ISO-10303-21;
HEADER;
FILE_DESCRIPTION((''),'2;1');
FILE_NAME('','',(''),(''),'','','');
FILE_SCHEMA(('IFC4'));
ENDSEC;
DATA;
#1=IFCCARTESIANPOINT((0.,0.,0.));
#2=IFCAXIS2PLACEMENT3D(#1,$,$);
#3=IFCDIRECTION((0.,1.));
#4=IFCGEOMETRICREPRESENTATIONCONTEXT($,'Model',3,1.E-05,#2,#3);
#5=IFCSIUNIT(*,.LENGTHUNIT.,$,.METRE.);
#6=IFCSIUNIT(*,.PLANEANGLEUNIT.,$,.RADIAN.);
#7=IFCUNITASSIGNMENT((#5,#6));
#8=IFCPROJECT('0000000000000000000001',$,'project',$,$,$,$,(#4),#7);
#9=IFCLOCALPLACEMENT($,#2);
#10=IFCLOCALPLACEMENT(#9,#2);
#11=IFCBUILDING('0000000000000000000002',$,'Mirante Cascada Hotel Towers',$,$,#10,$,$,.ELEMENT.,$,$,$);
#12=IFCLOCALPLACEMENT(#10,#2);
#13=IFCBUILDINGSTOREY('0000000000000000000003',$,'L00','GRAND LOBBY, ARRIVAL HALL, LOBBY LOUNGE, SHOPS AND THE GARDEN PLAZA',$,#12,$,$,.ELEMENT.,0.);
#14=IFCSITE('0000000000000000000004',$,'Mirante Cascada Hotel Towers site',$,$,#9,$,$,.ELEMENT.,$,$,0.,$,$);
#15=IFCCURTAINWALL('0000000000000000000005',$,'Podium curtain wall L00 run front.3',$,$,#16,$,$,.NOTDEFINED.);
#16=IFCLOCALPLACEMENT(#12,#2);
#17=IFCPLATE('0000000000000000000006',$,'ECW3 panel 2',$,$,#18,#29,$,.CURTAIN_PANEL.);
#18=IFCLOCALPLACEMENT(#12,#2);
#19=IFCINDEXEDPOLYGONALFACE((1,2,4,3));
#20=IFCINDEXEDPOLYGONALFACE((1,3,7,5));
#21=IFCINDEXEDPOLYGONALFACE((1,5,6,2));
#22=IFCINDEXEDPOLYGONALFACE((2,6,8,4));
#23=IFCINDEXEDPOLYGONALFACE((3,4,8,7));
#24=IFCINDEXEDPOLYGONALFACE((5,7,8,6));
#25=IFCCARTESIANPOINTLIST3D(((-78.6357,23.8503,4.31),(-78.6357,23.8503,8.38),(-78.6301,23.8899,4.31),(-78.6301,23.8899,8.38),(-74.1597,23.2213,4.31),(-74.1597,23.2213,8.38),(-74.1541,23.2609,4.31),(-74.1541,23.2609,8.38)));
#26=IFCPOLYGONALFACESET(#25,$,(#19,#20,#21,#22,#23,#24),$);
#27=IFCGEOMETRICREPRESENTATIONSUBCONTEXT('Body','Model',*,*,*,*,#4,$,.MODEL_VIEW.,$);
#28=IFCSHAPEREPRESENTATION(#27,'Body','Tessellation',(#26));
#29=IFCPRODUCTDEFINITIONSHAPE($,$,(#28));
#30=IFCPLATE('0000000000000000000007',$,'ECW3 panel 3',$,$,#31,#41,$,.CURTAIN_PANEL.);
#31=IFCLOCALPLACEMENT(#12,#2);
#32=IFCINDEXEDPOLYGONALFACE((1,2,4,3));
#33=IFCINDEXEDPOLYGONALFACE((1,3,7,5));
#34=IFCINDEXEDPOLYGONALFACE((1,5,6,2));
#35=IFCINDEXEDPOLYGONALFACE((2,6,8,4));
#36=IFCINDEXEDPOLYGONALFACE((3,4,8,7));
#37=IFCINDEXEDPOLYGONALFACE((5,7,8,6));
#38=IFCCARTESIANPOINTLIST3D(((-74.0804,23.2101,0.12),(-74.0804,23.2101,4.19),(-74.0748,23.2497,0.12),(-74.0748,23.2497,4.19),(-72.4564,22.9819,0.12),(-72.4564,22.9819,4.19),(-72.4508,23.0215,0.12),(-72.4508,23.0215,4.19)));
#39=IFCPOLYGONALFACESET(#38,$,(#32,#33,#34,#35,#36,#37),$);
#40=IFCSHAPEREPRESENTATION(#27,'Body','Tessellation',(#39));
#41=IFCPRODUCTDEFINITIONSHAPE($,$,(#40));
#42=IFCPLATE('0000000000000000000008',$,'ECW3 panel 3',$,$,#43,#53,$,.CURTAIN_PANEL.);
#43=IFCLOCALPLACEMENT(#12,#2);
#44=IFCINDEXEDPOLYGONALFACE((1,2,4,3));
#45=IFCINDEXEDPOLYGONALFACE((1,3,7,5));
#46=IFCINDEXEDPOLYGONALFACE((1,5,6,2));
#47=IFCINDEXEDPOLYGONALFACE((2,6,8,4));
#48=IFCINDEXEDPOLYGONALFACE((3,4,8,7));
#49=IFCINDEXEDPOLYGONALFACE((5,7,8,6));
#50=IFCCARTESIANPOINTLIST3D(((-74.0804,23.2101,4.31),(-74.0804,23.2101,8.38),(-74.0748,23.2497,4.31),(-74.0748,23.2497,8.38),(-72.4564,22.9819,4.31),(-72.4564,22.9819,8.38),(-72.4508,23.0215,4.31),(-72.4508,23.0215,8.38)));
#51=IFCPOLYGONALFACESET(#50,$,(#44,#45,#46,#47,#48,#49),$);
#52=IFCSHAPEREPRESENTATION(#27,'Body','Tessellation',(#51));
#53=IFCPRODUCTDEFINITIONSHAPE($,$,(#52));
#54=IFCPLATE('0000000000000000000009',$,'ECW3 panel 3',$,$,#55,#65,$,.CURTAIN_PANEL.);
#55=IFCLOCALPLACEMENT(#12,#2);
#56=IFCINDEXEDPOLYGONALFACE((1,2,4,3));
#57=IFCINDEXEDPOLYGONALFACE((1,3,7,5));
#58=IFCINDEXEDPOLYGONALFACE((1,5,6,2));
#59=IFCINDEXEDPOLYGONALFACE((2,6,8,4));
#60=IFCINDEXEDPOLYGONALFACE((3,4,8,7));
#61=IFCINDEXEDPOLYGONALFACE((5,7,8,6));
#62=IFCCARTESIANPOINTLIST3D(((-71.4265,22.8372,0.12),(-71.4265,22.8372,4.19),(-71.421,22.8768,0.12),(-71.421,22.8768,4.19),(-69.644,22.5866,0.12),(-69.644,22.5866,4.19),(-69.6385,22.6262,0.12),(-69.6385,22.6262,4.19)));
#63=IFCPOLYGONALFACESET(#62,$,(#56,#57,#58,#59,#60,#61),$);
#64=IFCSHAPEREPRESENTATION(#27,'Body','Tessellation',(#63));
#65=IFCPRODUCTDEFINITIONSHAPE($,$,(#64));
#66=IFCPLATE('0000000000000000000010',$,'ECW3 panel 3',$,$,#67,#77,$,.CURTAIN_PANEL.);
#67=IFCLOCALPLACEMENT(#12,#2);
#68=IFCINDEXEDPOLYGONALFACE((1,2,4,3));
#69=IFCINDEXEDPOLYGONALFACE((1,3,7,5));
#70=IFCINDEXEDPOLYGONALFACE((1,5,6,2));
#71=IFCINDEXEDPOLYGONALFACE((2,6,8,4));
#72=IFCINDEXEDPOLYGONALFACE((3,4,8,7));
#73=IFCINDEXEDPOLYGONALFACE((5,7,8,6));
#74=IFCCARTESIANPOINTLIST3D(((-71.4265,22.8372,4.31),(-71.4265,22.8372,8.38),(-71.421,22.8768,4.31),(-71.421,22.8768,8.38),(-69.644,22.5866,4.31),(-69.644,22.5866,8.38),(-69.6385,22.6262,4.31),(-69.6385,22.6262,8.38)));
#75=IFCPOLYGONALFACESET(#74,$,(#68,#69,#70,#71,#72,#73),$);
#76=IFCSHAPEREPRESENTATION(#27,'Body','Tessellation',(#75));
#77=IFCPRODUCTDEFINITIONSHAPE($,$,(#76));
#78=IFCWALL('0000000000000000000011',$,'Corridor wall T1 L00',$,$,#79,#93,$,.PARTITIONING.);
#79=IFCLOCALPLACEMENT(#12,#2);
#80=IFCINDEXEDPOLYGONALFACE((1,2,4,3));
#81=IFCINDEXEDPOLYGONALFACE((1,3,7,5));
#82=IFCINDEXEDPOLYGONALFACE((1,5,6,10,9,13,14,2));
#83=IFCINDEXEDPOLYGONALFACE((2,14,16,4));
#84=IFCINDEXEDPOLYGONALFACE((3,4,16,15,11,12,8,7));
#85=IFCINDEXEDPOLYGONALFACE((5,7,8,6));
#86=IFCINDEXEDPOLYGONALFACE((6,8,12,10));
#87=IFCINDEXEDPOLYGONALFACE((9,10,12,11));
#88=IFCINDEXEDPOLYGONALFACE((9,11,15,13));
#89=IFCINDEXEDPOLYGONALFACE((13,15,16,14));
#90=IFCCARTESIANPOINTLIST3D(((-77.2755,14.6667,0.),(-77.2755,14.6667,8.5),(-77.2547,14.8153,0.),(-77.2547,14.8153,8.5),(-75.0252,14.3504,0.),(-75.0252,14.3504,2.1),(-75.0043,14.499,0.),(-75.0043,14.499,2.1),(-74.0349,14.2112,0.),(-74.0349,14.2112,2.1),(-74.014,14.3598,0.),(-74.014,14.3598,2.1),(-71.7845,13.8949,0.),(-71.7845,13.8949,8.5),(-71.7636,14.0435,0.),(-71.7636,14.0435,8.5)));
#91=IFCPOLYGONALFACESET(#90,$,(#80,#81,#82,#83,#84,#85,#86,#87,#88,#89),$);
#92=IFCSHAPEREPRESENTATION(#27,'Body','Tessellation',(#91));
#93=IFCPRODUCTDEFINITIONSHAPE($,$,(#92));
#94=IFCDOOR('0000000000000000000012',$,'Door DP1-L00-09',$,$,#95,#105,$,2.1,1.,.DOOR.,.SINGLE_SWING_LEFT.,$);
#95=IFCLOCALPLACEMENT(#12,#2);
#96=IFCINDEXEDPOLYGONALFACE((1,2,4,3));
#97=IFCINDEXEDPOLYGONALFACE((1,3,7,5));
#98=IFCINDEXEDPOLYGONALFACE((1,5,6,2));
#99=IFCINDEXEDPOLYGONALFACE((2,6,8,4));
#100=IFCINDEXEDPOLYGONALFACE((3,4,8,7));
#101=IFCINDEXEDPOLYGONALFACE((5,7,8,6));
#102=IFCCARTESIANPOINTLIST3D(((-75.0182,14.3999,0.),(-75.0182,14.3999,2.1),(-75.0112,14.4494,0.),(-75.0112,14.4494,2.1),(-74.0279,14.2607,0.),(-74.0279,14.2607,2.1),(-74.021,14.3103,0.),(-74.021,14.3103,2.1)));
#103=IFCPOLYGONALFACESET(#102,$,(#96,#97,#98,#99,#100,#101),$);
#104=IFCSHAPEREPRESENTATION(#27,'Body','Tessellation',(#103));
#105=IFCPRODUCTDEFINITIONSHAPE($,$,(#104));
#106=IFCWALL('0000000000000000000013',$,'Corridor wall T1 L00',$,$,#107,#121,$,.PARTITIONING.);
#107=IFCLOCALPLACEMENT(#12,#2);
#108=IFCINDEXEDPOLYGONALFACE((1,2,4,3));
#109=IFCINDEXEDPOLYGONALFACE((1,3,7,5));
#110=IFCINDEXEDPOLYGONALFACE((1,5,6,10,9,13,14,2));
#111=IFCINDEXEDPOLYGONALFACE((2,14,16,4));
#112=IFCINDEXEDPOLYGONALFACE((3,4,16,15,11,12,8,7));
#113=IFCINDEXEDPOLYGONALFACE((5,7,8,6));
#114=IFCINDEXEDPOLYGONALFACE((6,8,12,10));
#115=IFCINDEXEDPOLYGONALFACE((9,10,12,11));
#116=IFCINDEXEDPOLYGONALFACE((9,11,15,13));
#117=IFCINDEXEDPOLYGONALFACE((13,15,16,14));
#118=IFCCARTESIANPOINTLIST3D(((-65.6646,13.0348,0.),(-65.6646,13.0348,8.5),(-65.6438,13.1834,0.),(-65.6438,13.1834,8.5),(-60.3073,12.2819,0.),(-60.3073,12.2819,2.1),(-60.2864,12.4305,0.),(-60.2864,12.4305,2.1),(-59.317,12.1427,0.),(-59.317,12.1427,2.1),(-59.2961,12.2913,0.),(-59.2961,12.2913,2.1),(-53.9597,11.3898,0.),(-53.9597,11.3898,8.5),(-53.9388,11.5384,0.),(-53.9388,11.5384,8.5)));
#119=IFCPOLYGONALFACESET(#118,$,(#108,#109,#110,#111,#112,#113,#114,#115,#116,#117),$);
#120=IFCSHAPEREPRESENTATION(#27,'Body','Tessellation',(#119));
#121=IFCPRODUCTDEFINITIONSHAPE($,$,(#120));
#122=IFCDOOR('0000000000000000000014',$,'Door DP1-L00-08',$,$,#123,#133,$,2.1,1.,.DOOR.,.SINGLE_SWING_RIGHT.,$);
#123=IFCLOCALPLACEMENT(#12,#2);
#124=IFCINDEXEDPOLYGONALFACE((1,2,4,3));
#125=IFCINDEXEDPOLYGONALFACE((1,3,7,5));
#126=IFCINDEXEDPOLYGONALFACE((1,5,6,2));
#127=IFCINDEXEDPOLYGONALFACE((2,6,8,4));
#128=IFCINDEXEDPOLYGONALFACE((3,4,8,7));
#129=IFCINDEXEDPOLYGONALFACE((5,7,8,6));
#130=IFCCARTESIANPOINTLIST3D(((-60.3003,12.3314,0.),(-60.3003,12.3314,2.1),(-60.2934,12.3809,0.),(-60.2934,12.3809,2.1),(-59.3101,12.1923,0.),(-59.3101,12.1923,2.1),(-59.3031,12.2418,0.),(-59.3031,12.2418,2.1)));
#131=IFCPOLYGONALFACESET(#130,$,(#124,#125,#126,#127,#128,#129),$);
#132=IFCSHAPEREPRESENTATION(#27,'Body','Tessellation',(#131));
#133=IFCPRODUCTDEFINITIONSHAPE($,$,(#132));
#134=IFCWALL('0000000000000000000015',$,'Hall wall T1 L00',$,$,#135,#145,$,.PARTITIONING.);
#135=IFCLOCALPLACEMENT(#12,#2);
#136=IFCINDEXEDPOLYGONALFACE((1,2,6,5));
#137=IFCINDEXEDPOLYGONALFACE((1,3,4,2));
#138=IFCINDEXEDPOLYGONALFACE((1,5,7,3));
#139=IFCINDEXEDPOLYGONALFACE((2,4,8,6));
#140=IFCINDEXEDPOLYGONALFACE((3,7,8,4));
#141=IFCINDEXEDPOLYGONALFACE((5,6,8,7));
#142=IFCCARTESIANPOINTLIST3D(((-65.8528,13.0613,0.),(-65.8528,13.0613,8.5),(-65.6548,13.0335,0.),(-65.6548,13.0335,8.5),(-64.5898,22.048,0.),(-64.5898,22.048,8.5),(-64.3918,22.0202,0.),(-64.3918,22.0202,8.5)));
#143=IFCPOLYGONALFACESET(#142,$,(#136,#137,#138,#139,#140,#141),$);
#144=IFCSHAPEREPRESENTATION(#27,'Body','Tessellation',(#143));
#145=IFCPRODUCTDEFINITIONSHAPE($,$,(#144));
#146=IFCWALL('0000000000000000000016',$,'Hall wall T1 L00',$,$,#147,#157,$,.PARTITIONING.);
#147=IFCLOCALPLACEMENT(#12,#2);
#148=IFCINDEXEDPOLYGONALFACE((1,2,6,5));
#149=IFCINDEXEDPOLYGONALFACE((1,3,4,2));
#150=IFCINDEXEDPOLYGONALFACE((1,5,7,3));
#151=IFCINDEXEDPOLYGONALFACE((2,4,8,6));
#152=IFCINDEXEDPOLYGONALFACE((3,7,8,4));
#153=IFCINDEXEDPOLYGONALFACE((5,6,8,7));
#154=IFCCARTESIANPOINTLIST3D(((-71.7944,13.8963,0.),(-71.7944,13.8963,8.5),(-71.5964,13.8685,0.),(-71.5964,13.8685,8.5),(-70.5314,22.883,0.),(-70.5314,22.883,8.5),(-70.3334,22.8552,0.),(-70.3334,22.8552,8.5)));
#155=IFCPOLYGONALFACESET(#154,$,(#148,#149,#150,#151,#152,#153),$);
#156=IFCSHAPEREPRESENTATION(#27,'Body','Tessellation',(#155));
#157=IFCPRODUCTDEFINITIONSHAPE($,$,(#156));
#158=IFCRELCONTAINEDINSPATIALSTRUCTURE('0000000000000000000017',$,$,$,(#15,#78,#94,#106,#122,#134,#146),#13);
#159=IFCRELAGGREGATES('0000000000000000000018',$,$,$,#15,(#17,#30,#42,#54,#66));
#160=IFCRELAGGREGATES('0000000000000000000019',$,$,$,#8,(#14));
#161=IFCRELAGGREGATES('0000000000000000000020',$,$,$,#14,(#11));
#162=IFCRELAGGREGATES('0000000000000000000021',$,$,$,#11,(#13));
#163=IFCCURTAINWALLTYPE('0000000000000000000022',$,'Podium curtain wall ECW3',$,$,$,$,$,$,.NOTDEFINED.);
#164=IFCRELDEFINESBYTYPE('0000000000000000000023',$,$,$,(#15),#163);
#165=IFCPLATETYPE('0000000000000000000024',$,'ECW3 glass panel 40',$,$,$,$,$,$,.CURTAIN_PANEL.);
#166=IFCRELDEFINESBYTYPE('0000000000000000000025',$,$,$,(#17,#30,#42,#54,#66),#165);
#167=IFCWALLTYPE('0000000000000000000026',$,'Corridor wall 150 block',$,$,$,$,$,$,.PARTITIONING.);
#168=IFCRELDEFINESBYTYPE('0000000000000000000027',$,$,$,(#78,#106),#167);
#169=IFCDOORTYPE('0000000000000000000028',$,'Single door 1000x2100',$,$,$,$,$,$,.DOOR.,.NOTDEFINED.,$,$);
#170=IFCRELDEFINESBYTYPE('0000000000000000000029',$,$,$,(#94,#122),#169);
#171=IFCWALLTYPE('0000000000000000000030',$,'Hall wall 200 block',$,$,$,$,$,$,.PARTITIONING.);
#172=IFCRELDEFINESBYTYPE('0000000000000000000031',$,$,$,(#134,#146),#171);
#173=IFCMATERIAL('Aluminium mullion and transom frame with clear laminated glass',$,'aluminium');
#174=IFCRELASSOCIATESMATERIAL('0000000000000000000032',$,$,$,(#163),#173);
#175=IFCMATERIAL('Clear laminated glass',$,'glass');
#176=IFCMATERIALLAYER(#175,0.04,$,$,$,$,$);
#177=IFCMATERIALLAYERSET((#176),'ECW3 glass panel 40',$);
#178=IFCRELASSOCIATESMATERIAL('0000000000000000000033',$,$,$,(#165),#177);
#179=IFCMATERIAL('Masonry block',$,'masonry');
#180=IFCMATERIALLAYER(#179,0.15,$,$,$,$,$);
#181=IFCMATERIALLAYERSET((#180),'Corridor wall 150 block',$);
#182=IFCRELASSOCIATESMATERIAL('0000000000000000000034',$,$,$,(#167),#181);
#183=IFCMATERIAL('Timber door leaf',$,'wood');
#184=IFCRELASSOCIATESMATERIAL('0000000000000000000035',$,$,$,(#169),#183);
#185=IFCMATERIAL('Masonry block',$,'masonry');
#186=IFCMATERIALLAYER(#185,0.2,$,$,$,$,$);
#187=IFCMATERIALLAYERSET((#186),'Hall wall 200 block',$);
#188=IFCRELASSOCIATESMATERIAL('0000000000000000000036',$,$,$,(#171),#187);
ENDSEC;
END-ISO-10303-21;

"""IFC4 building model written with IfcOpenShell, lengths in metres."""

from ifc_helpers import new_model, si_unit, direction, frame, frame_2d, origin, origin_2d, place, context, subcontext, project, spatial, rectangle, extrude, material, layer, layer_set, type_object, element, fill, aggregate, save


model = new_model("IFC4")

# Units and contexts
model_context = context("Model", 3, precision=1e-05, world=origin(), true_north=direction((0.0, 1.0)))
body_context = subcontext(model_context, "Body", "Model", "MODEL_VIEW")
ifc_project = project(units=[si_unit("LENGTHUNIT", "METRE"), si_unit("PLANEANGLEUNIT", "RADIAN")], contexts=[model_context])

# Site, building, storey
site_placement = place(None, origin())
site = spatial("IfcSite", under=ifc_project, at=site_placement, Name="Mirante Cascada Hotel Towers site", CompositionType="ELEMENT", RefElevation=0.0)
building_placement = place(site_placement, origin())
building = spatial("IfcBuilding", under=site, at=building_placement, Name="Mirante Cascada Hotel Towers", CompositionType="ELEMENT")
storey_placement = place(building_placement, origin())
storey = spatial("IfcBuildingStorey", under=building, at=storey_placement, Name="L00", Description="GRAND LOBBY, ARRIVAL HALL, LOBBY LOUNGE, SHOPS AND THE GARDEN PLAZA", CompositionType="ELEMENT", Elevation=0.0)

# Curtain wall
ifc_material_1 = material(Name="Aluminium mullion and transom frame with clear laminated glass", Category="aluminium")
curtain_wall_type = type_object("IfcCurtainWallType", Name="Podium curtain wall ECW3", PredefinedType="NOTDEFINED", material=ifc_material_1)
curtain_wall_1_placement = place(storey_placement, origin())
curtain_wall_1 = element("IfcCurtainWall", 1, at=curtain_wall_1_placement, inside=storey, type_object=curtain_wall_type, Name="Podium curtain wall L00 run front.3", PredefinedType="NOTDEFINED")

# Plates
ifc_material_2 = material(Name="Clear laminated glass", Category="glass")
ifc_layer_1 = layer(ifc_material_2, 0.04)
ifc_layer_set_1 = layer_set([ifc_layer_1], Name="ECW3 glass panel 40")
plate_type = type_object("IfcPlateType", Name="ECW3 glass panel 40", PredefinedType="CURTAIN_PANEL", material=ifc_layer_set_1)
plate_1_placement = place(storey_placement, frame((-76.3949, 23.5556, 4.31), z_axis=(0.0, 0.0, 1.0), x_axis=(0.990268, -0.139173, 0.0)))
plate_1 = element("IfcPlate", 2, at=plate_1_placement, type_object=plate_type, Name="ECW3 panel 2", PredefinedType="CURTAIN_PANEL", context=body_context, shape_type="SweptSolid", body=[
    extrude(rectangle(XDim=4.52, YDim=0.04, at=origin_2d()), origin(), (0.0, 0.0, 1.0), 4.07),
])
plate_2_placement = place(storey_placement, frame((-73.2656, 23.1158, 0.12), z_axis=(0.0, 0.0, 1.0), x_axis=(0.990268, -0.139173, 0.0)))
plate_2 = element("IfcPlate", 3, at=plate_2_placement, type_object=plate_type, Name="ECW3 panel 3", PredefinedType="CURTAIN_PANEL", context=body_context, shape_type="SweptSolid", body=[
    extrude(rectangle(XDim=1.64, YDim=0.04, at=origin_2d()), origin(), (0.0, 0.0, 1.0), 4.07),
])
plate_3_placement = place(storey_placement, frame((-73.2656, 23.1158, 4.31), z_axis=(0.0, 0.0, 1.0), x_axis=(0.990268, -0.139173, 0.0)))
plate_3 = element("IfcPlate", 4, at=plate_3_placement, type_object=plate_type, Name="ECW3 panel 3", PredefinedType="CURTAIN_PANEL", context=body_context, shape_type="SweptSolid", body=[
    extrude(rectangle(XDim=1.64, YDim=0.04, at=origin_2d()), origin(), (0.0, 0.0, 1.0), 4.07),
])
plate_4_placement = place(storey_placement, frame((-70.5325, 22.7317, 0.12), z_axis=(0.0, 0.0, 1.0), x_axis=(0.990268, -0.139173, 0.0)))
plate_4 = element("IfcPlate", 5, at=plate_4_placement, type_object=plate_type, Name="ECW3 panel 3", PredefinedType="CURTAIN_PANEL", context=body_context, shape_type="SweptSolid", body=[
    extrude(rectangle(XDim=1.8, YDim=0.04, at=origin_2d()), origin(), (0.0, 0.0, 1.0), 4.07),
])
plate_5_placement = place(storey_placement, frame((-70.5325, 22.7317, 4.31), z_axis=(0.0, 0.0, 1.0), x_axis=(0.990268, -0.139173, 0.0)))
plate_5 = element("IfcPlate", 6, at=plate_5_placement, type_object=plate_type, Name="ECW3 panel 3", PredefinedType="CURTAIN_PANEL", context=body_context, shape_type="SweptSolid", body=[
    extrude(rectangle(XDim=1.8, YDim=0.04, at=origin_2d()), origin(), (0.0, 0.0, 1.0), 4.07),
])
aggregate(curtain_wall_1, [plate_1, plate_2, plate_3, plate_4, plate_5])

# Walls, openings, doors
ifc_material_3 = material(Name="Masonry block", Category="masonry")
ifc_layer_2 = layer(ifc_material_3, 0.15)
ifc_layer_set_2 = layer_set([ifc_layer_2], Name="Corridor wall 150 block")
wall_type_1 = type_object("IfcWallType", Name="Corridor wall 150 block", PredefinedType="PARTITIONING", material=ifc_layer_set_2)
wall_1_placement = place(storey_placement, frame((-77.2651, 14.741, 0.0), z_axis=(0.0, 0.0, 1.0), x_axis=(0.990266, -0.139189, 0.0)))
wall_1 = element("IfcWall", 7, at=wall_1_placement, inside=storey, type_object=wall_type_1, Name="Corridor wall T1 L00", PredefinedType="PARTITIONING", context=body_context, shape_type="SweptSolid", body=[
    extrude(rectangle(XDim=5.545, YDim=0.15, at=frame_2d((2.7725, 0.0))), origin(), (0.0, 0.0, 1.0), 8.5),
])
opening_1_placement = place(wall_1_placement, frame((2.2725, 0.0, 0.0)))
opening_1 = element("IfcOpeningElement", 8, at=opening_1_placement, cuts=wall_1, PredefinedType="OPENING", context=body_context, shape_type="SweptSolid", body=[
    extrude(rectangle(XDim=1.0, YDim=2.1, at=frame_2d((0.5, 1.05))), frame((0.0, 0.075, 0.0), z_axis=(0.0, -1.0, 0.0), x_axis=(1.0, 0.0, 0.0)), (0.0, 0.0, 1.0), 0.15),
])
ifc_material_4 = material(Name="Timber door leaf", Category="wood")
door_type_1 = type_object("IfcDoorType", Name="Single door 1000x2100", OperationType="NOTDEFINED", PredefinedType="DOOR", material=ifc_material_4)
door_1_placement = place(opening_1_placement, origin())
door_1 = element("IfcDoor", 9, at=door_1_placement, inside=storey, type_object=door_type_1, Name="Door DP1-L00-09", OperationType="SINGLE_SWING_LEFT", OverallHeight=2.1, OverallWidth=1.0, PredefinedType="DOOR", context=body_context, shape_type="SweptSolid", body=[
    extrude(rectangle(XDim=1.0, YDim=2.1, at=frame_2d((0.5, 1.05))), frame((0.0, 0.025, 0.0), z_axis=(0.0, -1.0, 0.0), x_axis=(1.0, 0.0, 0.0)), (0.0, 0.0, 1.0), 0.05),
])
fill(opening_1, door_1)
wall_2_placement = place(storey_placement, frame((-65.6542, 13.1091, 0.0), z_axis=(0.0, 0.0, 1.0), x_axis=(0.990268, -0.139171, 0.0)))
wall_2 = element("IfcWall", 10, at=wall_2_placement, inside=storey, type_object=wall_type_1, Name="Corridor wall T1 L00", PredefinedType="PARTITIONING", context=body_context, shape_type="SweptSolid", body=[
    extrude(rectangle(XDim=11.82, YDim=0.15, at=frame_2d((5.91, 0.0))), origin(), (0.0, 0.0, 1.0), 8.5),
])
opening_2_placement = place(wall_2_placement, frame((5.41, 0.0, 0.0)))
opening_2 = element("IfcOpeningElement", 11, at=opening_2_placement, cuts=wall_2, PredefinedType="OPENING", context=body_context, shape_type="SweptSolid", body=[
    extrude(rectangle(XDim=1.0, YDim=2.1, at=frame_2d((0.5, 1.05))), frame((0.0, 0.075, 0.0), z_axis=(0.0, -1.0, 0.0), x_axis=(1.0, 0.0, 0.0)), (0.0, 0.0, 1.0), 0.15),
])
door_2_placement = place(opening_2_placement, frame((1.0, 0.0, 0.0), z_axis=(0.0, 0.0, 1.0), x_axis=(-1.0, 0.0, 0.0)))
door_2 = element("IfcDoor", 12, at=door_2_placement, inside=storey, type_object=door_type_1, Name="Door DP1-L00-08", OperationType="SINGLE_SWING_RIGHT", OverallHeight=2.1, OverallWidth=1.0, PredefinedType="DOOR", context=body_context, shape_type="SweptSolid", body=[
    extrude(rectangle(XDim=1.0, YDim=2.1, at=frame_2d((0.5, 1.05))), frame((0.0, 0.025, 0.0), z_axis=(0.0, -1.0, 0.0), x_axis=(1.0, 0.0, 0.0)), (0.0, 0.0, 1.0), 0.05),
])
fill(opening_2, door_2)

# Walls
ifc_material_5 = material(Name="Masonry block", Category="masonry")
ifc_layer_3 = layer(ifc_material_5, 0.2)
ifc_layer_set_3 = layer_set([ifc_layer_3], Name="Hall wall 200 block")
wall_type_2 = type_object("IfcWallType", Name="Hall wall 200 block", PredefinedType="PARTITIONING", material=ifc_layer_set_3)
for number, where, z_axis, x_axis, name in (
    (13, (-65.7538, 13.0474, 0.0), (0.0, 0.0, 1.0), (0.139173, 0.990268, 0.0), "Hall wall T1 L00"),
    (14, (-71.6954, 13.8824, 0.0), (0.0, 0.0, 1.0), (0.139173, 0.990268, 0.0), "Hall wall T1 L00"),
):
    element("IfcWall", number, at=place(storey_placement, frame(where, z_axis=z_axis, x_axis=x_axis)), inside=storey, type_object=wall_type_2, Name=name, PredefinedType="PARTITIONING", context=body_context, shape_type="SweptSolid", body=[
        extrude(rectangle(XDim=9.075, YDim=0.2, at=frame_2d((4.5375, 0.0))), origin(), (0.0, 0.0, 1.0), 8.5),
    ])

save(model, "model.ifc")
